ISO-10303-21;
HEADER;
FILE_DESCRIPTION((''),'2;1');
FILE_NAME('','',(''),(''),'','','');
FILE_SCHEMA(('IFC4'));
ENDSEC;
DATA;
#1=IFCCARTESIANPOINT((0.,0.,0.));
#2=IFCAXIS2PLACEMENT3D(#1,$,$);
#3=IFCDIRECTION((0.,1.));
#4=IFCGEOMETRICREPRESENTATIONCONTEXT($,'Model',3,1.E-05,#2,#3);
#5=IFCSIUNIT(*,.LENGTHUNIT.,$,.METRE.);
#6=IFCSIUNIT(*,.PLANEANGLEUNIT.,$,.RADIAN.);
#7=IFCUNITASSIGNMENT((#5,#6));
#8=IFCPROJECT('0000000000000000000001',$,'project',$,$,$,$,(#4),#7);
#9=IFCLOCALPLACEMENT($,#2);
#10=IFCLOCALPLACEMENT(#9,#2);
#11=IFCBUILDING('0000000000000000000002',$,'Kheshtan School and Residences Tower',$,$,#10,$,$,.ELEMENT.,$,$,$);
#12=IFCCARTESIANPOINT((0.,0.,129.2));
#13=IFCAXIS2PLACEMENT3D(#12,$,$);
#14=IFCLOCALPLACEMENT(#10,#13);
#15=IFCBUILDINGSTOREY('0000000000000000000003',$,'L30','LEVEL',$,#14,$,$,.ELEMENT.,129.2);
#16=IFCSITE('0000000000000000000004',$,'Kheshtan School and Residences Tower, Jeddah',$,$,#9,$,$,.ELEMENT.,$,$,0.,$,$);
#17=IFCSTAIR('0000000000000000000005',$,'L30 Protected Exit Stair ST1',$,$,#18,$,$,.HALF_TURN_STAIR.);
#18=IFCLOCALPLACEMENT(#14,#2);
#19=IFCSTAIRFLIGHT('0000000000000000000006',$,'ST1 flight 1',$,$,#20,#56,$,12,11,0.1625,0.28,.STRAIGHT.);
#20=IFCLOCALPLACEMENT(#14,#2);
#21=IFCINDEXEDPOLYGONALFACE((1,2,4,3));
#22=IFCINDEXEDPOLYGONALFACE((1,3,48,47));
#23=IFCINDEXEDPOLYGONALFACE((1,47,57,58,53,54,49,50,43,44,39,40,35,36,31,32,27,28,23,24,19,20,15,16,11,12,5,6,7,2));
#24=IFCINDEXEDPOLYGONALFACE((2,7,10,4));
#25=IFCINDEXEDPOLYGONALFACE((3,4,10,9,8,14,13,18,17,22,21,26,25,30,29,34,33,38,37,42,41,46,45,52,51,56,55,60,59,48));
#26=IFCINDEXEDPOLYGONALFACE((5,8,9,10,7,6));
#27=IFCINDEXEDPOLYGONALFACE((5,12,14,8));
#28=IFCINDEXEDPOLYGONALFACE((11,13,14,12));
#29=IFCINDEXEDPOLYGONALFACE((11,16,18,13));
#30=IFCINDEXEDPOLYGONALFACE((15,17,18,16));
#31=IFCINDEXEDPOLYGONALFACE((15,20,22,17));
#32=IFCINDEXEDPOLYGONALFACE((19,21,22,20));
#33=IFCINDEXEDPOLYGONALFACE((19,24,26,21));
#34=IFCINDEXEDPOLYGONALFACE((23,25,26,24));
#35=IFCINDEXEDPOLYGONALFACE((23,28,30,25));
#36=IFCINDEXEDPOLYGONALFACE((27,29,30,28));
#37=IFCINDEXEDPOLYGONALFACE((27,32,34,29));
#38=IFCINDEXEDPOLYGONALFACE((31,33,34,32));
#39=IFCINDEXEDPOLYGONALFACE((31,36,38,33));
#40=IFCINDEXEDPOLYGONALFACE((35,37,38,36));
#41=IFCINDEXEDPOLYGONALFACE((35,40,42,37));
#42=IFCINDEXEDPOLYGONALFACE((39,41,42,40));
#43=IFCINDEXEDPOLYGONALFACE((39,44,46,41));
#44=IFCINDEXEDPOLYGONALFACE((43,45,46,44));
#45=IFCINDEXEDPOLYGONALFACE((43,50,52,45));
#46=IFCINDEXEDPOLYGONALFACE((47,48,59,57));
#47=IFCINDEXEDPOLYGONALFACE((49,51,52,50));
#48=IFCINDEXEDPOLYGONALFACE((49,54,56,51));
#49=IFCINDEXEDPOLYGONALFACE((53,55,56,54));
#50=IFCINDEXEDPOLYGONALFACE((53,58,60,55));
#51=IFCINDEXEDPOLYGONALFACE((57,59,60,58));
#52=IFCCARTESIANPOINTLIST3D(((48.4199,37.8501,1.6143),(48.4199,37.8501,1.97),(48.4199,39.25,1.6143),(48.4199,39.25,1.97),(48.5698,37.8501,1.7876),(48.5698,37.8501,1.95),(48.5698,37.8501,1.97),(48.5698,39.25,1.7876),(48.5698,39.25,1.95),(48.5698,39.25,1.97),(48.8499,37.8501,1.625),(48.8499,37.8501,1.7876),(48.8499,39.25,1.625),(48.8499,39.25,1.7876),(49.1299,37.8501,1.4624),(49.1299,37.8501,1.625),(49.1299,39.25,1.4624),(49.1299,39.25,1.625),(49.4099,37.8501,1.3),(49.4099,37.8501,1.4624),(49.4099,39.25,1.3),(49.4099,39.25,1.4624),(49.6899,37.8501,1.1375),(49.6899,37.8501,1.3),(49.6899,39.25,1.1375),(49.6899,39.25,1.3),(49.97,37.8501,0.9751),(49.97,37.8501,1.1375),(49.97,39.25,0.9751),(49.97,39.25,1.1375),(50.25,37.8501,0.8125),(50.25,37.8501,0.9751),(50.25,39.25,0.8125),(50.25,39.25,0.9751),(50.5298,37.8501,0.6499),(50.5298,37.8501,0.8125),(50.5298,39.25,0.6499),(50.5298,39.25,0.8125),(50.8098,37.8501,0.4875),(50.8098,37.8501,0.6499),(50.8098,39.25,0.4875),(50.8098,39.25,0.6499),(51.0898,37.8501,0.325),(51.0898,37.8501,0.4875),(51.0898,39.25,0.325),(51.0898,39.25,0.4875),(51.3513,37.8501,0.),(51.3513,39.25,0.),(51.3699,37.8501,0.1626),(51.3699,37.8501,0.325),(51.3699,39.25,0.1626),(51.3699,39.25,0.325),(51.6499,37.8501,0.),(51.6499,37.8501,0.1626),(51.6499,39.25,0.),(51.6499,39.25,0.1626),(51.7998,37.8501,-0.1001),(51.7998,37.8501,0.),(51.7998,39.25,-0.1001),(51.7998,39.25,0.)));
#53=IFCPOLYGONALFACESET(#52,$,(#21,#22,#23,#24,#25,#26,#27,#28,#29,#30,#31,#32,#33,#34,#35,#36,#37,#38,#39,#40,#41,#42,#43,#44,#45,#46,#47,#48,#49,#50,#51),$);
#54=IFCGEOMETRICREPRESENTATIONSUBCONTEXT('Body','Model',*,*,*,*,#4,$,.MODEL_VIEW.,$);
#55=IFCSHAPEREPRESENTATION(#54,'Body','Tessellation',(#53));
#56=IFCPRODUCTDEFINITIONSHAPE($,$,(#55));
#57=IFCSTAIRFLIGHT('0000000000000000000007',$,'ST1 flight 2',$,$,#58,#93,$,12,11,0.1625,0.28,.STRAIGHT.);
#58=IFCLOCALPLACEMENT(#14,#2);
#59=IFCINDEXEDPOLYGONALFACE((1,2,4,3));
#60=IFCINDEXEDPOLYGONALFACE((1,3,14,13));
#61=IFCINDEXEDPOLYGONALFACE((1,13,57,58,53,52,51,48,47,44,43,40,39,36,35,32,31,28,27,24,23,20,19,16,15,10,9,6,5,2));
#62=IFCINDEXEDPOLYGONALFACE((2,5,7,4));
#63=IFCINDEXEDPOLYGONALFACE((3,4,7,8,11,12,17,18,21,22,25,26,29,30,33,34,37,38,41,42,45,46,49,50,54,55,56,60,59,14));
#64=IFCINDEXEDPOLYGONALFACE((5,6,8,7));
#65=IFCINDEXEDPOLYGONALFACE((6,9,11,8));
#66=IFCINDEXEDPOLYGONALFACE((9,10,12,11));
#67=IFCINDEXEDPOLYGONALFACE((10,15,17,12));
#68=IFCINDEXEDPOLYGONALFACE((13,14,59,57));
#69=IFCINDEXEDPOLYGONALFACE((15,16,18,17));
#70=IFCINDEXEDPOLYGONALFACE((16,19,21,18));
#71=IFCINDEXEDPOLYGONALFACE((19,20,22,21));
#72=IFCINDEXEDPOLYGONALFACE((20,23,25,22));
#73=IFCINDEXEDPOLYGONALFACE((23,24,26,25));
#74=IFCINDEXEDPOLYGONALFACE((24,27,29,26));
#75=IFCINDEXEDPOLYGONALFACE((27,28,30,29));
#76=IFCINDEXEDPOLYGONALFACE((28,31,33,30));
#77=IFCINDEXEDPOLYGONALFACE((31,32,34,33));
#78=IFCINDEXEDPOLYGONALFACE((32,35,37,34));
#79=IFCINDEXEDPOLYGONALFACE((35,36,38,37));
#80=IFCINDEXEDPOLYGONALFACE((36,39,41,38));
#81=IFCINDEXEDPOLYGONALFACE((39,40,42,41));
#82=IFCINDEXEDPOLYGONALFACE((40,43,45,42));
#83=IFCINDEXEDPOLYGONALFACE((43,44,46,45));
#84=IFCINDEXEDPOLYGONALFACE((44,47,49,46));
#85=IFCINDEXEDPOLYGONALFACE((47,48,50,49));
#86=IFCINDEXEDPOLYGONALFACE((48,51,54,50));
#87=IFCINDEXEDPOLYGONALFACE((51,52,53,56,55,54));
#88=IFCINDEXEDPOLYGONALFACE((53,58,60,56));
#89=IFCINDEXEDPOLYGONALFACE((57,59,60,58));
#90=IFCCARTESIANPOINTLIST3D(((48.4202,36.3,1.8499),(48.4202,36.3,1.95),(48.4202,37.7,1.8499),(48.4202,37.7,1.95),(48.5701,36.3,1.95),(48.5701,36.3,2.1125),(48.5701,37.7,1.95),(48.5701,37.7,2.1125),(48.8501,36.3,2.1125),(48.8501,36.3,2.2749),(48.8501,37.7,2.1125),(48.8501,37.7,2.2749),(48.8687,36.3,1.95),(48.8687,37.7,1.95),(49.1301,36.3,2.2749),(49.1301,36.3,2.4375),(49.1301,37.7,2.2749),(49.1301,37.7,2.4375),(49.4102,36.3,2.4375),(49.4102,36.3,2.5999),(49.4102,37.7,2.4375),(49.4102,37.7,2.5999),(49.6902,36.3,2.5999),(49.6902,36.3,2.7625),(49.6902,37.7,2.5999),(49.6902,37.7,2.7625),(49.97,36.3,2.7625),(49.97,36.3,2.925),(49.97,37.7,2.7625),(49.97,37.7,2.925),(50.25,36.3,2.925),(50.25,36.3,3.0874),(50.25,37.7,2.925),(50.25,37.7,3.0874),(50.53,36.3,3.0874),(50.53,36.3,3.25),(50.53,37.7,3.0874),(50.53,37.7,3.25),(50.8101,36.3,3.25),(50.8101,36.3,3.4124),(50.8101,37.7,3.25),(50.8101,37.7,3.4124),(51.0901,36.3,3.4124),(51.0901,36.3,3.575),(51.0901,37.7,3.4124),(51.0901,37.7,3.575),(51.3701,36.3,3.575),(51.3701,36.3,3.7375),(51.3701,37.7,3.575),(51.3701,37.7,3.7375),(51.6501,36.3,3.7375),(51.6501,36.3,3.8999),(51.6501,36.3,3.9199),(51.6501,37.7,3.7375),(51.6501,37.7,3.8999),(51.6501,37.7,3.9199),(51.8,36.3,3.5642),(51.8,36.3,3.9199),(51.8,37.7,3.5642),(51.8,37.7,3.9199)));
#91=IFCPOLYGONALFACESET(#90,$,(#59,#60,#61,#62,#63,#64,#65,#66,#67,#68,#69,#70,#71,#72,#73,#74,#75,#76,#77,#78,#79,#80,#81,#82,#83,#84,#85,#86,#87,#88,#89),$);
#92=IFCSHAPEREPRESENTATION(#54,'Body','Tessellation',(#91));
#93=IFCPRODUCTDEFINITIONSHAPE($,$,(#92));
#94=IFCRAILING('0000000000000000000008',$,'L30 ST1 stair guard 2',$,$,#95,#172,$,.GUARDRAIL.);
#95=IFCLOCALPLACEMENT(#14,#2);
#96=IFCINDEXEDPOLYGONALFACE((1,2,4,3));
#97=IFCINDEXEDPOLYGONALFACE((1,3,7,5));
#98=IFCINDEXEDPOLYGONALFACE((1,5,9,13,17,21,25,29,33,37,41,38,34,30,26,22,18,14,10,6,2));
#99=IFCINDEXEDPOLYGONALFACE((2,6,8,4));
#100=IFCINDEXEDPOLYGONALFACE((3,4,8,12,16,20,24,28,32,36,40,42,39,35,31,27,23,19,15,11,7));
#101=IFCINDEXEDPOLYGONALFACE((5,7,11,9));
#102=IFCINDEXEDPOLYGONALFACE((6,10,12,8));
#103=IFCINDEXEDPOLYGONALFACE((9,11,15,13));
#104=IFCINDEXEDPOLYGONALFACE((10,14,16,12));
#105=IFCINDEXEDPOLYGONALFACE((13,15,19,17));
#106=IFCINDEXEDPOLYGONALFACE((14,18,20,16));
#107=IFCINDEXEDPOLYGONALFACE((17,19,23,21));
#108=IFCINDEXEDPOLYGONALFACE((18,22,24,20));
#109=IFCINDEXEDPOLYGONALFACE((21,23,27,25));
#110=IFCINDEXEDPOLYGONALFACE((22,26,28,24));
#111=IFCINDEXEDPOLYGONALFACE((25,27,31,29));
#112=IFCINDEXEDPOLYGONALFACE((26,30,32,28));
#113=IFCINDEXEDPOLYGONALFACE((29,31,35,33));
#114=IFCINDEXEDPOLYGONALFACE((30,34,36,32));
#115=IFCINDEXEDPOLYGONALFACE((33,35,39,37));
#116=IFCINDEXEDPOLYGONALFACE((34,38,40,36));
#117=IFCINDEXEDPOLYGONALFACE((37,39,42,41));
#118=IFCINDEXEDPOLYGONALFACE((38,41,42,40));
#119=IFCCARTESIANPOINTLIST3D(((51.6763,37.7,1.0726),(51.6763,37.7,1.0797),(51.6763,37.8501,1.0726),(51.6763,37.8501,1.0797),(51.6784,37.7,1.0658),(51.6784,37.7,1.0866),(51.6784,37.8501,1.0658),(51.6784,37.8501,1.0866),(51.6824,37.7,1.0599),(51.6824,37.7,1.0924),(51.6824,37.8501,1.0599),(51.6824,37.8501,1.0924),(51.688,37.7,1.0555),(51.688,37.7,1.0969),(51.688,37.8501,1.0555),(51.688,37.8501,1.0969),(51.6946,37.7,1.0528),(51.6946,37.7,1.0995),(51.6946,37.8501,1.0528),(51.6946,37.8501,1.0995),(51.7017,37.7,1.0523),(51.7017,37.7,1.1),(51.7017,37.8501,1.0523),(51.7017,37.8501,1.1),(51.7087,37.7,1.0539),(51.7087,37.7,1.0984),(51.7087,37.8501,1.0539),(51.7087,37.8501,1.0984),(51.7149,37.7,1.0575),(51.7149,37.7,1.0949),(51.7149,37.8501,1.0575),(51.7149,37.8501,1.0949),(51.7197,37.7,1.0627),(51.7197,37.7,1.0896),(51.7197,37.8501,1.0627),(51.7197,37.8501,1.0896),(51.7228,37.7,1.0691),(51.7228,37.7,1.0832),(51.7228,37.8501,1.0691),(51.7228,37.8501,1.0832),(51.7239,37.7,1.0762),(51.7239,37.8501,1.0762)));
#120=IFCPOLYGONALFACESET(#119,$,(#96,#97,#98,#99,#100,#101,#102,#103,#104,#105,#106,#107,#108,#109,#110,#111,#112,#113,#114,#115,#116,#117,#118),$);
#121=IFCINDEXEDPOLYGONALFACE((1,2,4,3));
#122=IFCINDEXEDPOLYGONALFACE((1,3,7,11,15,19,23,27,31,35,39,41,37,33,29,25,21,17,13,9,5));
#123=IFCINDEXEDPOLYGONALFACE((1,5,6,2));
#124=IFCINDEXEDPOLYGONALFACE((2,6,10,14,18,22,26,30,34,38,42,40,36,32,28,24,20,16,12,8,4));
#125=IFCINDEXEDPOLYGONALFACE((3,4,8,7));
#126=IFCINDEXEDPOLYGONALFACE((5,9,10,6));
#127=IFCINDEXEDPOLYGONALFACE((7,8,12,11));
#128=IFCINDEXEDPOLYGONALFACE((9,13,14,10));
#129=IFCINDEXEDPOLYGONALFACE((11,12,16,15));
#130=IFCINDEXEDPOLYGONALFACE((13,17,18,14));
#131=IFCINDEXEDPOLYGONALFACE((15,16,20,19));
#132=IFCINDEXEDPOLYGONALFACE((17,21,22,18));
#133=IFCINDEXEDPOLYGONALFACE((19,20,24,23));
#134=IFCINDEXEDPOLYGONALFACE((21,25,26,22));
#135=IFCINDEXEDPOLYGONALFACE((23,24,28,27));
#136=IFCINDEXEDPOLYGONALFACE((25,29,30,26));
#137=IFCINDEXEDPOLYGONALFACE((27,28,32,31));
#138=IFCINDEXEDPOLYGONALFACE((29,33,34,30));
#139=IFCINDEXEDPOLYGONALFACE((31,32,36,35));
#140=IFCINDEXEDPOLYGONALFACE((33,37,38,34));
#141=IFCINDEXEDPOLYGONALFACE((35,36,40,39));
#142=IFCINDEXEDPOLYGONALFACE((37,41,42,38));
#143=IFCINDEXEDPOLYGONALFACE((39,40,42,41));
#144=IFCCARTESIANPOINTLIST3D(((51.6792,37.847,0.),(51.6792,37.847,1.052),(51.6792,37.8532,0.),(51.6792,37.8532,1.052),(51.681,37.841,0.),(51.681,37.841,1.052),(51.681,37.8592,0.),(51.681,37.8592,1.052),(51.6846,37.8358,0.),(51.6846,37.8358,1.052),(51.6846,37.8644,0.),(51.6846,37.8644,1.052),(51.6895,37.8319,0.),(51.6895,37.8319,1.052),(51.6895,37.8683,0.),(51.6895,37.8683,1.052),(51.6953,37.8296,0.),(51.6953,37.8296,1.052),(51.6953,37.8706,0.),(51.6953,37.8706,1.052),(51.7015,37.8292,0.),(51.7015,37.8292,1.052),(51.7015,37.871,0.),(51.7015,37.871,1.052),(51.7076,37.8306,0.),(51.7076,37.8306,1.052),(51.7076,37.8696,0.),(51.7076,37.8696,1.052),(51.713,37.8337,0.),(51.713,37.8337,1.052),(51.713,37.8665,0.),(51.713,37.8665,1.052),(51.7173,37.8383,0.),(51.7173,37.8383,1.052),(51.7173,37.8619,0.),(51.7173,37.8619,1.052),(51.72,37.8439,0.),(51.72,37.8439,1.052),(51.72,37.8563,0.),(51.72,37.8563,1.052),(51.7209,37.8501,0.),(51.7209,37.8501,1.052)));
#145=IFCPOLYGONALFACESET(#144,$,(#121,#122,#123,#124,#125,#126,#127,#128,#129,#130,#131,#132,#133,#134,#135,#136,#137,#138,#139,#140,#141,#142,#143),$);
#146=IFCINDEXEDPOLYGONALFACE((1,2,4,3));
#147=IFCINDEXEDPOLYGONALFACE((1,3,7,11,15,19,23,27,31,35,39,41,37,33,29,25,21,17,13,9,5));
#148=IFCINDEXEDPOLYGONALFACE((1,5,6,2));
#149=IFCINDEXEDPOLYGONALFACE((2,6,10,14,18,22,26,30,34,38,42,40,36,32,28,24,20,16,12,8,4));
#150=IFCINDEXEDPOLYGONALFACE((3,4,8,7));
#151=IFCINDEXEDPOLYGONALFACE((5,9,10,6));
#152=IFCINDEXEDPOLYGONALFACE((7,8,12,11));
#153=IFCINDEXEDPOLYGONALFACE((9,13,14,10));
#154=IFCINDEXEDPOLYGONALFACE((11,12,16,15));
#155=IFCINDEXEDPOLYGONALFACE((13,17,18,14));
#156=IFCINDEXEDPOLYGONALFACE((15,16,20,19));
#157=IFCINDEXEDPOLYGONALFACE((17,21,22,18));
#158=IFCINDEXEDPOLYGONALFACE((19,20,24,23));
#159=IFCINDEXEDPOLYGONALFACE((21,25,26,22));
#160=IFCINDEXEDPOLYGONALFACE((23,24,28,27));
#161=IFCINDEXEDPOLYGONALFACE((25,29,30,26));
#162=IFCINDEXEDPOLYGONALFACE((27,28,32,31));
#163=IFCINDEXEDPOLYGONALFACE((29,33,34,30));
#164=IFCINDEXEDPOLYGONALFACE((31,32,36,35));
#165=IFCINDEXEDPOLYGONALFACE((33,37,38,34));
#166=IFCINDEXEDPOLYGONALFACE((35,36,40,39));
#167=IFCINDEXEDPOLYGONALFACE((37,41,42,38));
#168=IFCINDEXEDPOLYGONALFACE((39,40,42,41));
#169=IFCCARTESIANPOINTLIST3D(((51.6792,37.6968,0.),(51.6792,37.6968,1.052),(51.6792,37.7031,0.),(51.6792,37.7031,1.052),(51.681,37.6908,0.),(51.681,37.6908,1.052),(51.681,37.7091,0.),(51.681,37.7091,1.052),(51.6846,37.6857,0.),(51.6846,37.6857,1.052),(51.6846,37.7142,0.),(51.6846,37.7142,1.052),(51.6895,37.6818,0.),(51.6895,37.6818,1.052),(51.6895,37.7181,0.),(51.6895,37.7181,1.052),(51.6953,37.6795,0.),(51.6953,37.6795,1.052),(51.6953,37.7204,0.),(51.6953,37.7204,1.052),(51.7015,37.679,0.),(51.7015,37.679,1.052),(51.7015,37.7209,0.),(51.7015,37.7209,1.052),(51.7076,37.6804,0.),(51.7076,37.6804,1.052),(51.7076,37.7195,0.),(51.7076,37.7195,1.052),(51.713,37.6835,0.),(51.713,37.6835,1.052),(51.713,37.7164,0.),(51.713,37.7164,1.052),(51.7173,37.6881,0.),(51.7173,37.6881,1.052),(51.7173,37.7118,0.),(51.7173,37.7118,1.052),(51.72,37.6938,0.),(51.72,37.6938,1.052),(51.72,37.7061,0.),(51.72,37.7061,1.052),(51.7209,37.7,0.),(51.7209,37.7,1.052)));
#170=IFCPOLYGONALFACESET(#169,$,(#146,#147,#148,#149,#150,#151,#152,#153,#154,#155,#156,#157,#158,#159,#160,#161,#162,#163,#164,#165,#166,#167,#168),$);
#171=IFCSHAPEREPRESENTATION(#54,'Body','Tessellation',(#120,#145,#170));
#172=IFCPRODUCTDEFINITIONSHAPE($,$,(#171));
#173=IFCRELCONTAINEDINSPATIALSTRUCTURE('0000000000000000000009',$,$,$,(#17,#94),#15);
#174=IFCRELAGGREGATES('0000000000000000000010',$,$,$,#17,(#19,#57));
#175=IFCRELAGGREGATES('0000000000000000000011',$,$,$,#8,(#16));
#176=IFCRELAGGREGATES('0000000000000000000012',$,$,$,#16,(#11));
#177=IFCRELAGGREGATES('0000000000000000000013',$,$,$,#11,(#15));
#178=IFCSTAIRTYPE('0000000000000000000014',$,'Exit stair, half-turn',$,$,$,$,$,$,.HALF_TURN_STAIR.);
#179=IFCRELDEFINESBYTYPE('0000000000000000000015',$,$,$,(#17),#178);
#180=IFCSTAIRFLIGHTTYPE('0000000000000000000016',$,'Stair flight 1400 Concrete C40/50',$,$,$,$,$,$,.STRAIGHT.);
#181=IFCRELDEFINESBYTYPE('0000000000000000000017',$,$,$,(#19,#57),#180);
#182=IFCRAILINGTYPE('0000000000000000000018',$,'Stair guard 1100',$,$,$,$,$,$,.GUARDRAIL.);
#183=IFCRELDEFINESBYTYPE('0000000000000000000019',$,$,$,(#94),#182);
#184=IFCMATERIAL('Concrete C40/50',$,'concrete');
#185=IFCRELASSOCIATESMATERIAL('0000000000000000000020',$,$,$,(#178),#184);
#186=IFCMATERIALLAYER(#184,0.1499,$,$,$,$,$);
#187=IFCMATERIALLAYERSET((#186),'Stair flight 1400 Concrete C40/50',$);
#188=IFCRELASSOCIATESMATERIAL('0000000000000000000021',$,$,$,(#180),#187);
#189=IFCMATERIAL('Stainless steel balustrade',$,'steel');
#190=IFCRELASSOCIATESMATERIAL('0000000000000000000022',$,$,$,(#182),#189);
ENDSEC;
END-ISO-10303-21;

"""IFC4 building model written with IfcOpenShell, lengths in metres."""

from ifc_helpers import new_model, si_unit, direction, frame, origin, origin_2d, place, context, subcontext, project, spatial, polyline, circle, outline, extrude, material, layer, layer_set, type_object, element, aggregate, save


model = new_model("IFC4")

# Units and contexts
model_context = context("Model", 3, precision=1e-05, world=origin(), true_north=direction((0.0, 1.0)))
body_context = subcontext(model_context, "Body", "Model", "MODEL_VIEW")
ifc_project = project(units=[si_unit("LENGTHUNIT", "METRE"), si_unit("PLANEANGLEUNIT", "RADIAN")], contexts=[model_context])

# Site, building, storey
site_placement = place(None, origin())
site = spatial("IfcSite", under=ifc_project, at=site_placement, Name="Kheshtan School and Residences Tower, Jeddah", CompositionType="ELEMENT", RefElevation=0.0)
building_placement = place(site_placement, origin())
building = spatial("IfcBuilding", under=site, at=building_placement, Name="Kheshtan School and Residences Tower", CompositionType="ELEMENT")
storey_placement = place(building_placement, frame((0.0, 0.0, 129.2)))
storey = spatial("IfcBuildingStorey", under=building, at=storey_placement, Name="L30", Description="LEVEL", CompositionType="ELEMENT", Elevation=129.2)

# Shared definitions
ifc_material_1 = material(Name="Concrete C40/50", Category="concrete")

# Stair, stair flights
stair_type = type_object("IfcStairType", Name="Exit stair, half-turn", PredefinedType="HALF_TURN_STAIR", material=ifc_material_1)
stair_placement = place(storey_placement, origin())
stair = element("IfcStair", 1, at=stair_placement, inside=storey, type_object=stair_type, Name="L30 Protected Exit Stair ST1", PredefinedType="HALF_TURN_STAIR")
ifc_layer_1 = layer(ifc_material_1, 0.1499)
ifc_layer_set_1 = layer_set([ifc_layer_1], Name="Stair flight 1400 Concrete C40/50")
stair_flight_type = type_object("IfcStairFlightType", Name="Stair flight 1400 Concrete C40/50", PredefinedType="STRAIGHT", material=ifc_layer_set_1)
stair_flight_1_placement = place(storey_placement, frame((51.6499, 38.55, 0.0), z_axis=(0.0, 0.0, 1.0), x_axis=(-1.0, 0.0, 0.0)))
stair_flight_1 = element("IfcStairFlight", 2, at=stair_flight_1_placement, type_object=stair_flight_type, Name="ST1 flight 1", NumberOfRisers=12, NumberOfTreads=11, PredefinedType="STRAIGHT", RiserHeight=0.1625, TreadLength=0.28, context=body_context, shape_type="SweptSolid", body=[
    extrude(outline(polyline([(-0.1499, -0.1001), (-0.1499, 0.0), (0.0, 0.0), (0.0, 0.1626), (0.28, 0.1626), (0.28, 0.325), (0.5601, 0.325), (0.5601, 0.4875), (0.8401, 0.4875), (0.8401, 0.6499), (1.1201, 0.6499), (1.1201, 0.8125), (1.3999, 0.8125), (1.3999, 0.9751), (1.6799, 0.9751), (1.6799, 1.1375), (1.96, 1.1375), (1.96, 1.3), (2.24, 1.3), (2.24, 1.4624), (2.52, 1.4624), (2.52, 1.625), (2.8, 1.625), (2.8, 1.7876), (3.0801, 1.7876), (3.0801, 1.95), (3.0801, 1.97), (3.23, 1.97), (3.23, 1.6143), (0.2986, 0.0), (-0.1499, -0.1001)])), frame((0.0, 0.7, 0.0), z_axis=(0.0, -1.0, 0.0), x_axis=(1.0, 0.0, 0.0)), (0.0, 0.0, 1.0), 1.3999),
])
stair_flight_2_placement = place(storey_placement, frame((48.5701, 37.0, 1.95), z_axis=(0.0, 0.0, 1.0), x_axis=(1.0, 0.0, 0.0)))
stair_flight_2 = element("IfcStairFlight", 3, at=stair_flight_2_placement, type_object=stair_flight_type, Name="ST1 flight 2", NumberOfRisers=12, NumberOfTreads=11, PredefinedType="STRAIGHT", RiserHeight=0.1625, TreadLength=0.28, context=body_context, shape_type="SweptSolid", body=[
    extrude(outline(polyline([(-0.1499, -0.1001), (-0.1499, 0.0), (0.0, 0.0), (0.0, 0.1626), (0.28, 0.1626), (0.28, 0.325), (0.5601, 0.325), (0.5601, 0.4875), (0.8401, 0.4875), (0.8401, 0.6499), (1.1201, 0.6499), (1.1201, 0.8125), (1.3999, 0.8125), (1.3999, 0.9751), (1.6799, 0.9751), (1.6799, 1.1375), (1.96, 1.1375), (1.96, 1.3), (2.24, 1.3), (2.24, 1.4624), (2.52, 1.4624), (2.52, 1.625), (2.8, 1.625), (2.8, 1.7876), (3.0801, 1.7876), (3.0801, 1.95), (3.0801, 1.97), (3.23, 1.97), (3.23, 1.6143), (0.2986, 0.0), (-0.1499, -0.1001)])), frame((0.0, 0.7, 0.0), z_axis=(0.0, -1.0, 0.0), x_axis=(1.0, 0.0, 0.0)), (0.0, 0.0, 1.0), 1.3999),
])
aggregate(stair, [stair_flight_1, stair_flight_2])

# Railing
ifc_material_2 = material(Name="Stainless steel balustrade", Category="steel")
railing_type_1 = type_object("IfcRailingType", Name="Stair guard 1100", PredefinedType="GUARDRAIL", material=ifc_material_2)
railing_1_placement = place(storey_placement, frame((51.7, 37.8501, 0.0)))
element("IfcRailing", 4, at=railing_1_placement, inside=storey, type_object=railing_type_1, Name="L30 ST1 stair guard 2", PredefinedType="GUARDRAIL", context=body_context, shape_type="SweptSolid", body=[
    extrude(circle(Radius=0.0239, at=origin_2d()), frame((0.0, 0.0, 1.0762), z_axis=(0.0, -1.0, 0.0), x_axis=(1.0, 0.0, 0.0)), (0.0, 0.0, 1.0), 0.1501),
    extrude(circle(Radius=0.021, at=origin_2d()), origin(), (0.0, 0.0, 1.0), 1.052),
    extrude(circle(Radius=0.021, at=origin_2d()), frame((0.0, -0.1501, 0.0)), (0.0, 0.0, 1.0), 1.052),
])

save(model, "model.ifc")
